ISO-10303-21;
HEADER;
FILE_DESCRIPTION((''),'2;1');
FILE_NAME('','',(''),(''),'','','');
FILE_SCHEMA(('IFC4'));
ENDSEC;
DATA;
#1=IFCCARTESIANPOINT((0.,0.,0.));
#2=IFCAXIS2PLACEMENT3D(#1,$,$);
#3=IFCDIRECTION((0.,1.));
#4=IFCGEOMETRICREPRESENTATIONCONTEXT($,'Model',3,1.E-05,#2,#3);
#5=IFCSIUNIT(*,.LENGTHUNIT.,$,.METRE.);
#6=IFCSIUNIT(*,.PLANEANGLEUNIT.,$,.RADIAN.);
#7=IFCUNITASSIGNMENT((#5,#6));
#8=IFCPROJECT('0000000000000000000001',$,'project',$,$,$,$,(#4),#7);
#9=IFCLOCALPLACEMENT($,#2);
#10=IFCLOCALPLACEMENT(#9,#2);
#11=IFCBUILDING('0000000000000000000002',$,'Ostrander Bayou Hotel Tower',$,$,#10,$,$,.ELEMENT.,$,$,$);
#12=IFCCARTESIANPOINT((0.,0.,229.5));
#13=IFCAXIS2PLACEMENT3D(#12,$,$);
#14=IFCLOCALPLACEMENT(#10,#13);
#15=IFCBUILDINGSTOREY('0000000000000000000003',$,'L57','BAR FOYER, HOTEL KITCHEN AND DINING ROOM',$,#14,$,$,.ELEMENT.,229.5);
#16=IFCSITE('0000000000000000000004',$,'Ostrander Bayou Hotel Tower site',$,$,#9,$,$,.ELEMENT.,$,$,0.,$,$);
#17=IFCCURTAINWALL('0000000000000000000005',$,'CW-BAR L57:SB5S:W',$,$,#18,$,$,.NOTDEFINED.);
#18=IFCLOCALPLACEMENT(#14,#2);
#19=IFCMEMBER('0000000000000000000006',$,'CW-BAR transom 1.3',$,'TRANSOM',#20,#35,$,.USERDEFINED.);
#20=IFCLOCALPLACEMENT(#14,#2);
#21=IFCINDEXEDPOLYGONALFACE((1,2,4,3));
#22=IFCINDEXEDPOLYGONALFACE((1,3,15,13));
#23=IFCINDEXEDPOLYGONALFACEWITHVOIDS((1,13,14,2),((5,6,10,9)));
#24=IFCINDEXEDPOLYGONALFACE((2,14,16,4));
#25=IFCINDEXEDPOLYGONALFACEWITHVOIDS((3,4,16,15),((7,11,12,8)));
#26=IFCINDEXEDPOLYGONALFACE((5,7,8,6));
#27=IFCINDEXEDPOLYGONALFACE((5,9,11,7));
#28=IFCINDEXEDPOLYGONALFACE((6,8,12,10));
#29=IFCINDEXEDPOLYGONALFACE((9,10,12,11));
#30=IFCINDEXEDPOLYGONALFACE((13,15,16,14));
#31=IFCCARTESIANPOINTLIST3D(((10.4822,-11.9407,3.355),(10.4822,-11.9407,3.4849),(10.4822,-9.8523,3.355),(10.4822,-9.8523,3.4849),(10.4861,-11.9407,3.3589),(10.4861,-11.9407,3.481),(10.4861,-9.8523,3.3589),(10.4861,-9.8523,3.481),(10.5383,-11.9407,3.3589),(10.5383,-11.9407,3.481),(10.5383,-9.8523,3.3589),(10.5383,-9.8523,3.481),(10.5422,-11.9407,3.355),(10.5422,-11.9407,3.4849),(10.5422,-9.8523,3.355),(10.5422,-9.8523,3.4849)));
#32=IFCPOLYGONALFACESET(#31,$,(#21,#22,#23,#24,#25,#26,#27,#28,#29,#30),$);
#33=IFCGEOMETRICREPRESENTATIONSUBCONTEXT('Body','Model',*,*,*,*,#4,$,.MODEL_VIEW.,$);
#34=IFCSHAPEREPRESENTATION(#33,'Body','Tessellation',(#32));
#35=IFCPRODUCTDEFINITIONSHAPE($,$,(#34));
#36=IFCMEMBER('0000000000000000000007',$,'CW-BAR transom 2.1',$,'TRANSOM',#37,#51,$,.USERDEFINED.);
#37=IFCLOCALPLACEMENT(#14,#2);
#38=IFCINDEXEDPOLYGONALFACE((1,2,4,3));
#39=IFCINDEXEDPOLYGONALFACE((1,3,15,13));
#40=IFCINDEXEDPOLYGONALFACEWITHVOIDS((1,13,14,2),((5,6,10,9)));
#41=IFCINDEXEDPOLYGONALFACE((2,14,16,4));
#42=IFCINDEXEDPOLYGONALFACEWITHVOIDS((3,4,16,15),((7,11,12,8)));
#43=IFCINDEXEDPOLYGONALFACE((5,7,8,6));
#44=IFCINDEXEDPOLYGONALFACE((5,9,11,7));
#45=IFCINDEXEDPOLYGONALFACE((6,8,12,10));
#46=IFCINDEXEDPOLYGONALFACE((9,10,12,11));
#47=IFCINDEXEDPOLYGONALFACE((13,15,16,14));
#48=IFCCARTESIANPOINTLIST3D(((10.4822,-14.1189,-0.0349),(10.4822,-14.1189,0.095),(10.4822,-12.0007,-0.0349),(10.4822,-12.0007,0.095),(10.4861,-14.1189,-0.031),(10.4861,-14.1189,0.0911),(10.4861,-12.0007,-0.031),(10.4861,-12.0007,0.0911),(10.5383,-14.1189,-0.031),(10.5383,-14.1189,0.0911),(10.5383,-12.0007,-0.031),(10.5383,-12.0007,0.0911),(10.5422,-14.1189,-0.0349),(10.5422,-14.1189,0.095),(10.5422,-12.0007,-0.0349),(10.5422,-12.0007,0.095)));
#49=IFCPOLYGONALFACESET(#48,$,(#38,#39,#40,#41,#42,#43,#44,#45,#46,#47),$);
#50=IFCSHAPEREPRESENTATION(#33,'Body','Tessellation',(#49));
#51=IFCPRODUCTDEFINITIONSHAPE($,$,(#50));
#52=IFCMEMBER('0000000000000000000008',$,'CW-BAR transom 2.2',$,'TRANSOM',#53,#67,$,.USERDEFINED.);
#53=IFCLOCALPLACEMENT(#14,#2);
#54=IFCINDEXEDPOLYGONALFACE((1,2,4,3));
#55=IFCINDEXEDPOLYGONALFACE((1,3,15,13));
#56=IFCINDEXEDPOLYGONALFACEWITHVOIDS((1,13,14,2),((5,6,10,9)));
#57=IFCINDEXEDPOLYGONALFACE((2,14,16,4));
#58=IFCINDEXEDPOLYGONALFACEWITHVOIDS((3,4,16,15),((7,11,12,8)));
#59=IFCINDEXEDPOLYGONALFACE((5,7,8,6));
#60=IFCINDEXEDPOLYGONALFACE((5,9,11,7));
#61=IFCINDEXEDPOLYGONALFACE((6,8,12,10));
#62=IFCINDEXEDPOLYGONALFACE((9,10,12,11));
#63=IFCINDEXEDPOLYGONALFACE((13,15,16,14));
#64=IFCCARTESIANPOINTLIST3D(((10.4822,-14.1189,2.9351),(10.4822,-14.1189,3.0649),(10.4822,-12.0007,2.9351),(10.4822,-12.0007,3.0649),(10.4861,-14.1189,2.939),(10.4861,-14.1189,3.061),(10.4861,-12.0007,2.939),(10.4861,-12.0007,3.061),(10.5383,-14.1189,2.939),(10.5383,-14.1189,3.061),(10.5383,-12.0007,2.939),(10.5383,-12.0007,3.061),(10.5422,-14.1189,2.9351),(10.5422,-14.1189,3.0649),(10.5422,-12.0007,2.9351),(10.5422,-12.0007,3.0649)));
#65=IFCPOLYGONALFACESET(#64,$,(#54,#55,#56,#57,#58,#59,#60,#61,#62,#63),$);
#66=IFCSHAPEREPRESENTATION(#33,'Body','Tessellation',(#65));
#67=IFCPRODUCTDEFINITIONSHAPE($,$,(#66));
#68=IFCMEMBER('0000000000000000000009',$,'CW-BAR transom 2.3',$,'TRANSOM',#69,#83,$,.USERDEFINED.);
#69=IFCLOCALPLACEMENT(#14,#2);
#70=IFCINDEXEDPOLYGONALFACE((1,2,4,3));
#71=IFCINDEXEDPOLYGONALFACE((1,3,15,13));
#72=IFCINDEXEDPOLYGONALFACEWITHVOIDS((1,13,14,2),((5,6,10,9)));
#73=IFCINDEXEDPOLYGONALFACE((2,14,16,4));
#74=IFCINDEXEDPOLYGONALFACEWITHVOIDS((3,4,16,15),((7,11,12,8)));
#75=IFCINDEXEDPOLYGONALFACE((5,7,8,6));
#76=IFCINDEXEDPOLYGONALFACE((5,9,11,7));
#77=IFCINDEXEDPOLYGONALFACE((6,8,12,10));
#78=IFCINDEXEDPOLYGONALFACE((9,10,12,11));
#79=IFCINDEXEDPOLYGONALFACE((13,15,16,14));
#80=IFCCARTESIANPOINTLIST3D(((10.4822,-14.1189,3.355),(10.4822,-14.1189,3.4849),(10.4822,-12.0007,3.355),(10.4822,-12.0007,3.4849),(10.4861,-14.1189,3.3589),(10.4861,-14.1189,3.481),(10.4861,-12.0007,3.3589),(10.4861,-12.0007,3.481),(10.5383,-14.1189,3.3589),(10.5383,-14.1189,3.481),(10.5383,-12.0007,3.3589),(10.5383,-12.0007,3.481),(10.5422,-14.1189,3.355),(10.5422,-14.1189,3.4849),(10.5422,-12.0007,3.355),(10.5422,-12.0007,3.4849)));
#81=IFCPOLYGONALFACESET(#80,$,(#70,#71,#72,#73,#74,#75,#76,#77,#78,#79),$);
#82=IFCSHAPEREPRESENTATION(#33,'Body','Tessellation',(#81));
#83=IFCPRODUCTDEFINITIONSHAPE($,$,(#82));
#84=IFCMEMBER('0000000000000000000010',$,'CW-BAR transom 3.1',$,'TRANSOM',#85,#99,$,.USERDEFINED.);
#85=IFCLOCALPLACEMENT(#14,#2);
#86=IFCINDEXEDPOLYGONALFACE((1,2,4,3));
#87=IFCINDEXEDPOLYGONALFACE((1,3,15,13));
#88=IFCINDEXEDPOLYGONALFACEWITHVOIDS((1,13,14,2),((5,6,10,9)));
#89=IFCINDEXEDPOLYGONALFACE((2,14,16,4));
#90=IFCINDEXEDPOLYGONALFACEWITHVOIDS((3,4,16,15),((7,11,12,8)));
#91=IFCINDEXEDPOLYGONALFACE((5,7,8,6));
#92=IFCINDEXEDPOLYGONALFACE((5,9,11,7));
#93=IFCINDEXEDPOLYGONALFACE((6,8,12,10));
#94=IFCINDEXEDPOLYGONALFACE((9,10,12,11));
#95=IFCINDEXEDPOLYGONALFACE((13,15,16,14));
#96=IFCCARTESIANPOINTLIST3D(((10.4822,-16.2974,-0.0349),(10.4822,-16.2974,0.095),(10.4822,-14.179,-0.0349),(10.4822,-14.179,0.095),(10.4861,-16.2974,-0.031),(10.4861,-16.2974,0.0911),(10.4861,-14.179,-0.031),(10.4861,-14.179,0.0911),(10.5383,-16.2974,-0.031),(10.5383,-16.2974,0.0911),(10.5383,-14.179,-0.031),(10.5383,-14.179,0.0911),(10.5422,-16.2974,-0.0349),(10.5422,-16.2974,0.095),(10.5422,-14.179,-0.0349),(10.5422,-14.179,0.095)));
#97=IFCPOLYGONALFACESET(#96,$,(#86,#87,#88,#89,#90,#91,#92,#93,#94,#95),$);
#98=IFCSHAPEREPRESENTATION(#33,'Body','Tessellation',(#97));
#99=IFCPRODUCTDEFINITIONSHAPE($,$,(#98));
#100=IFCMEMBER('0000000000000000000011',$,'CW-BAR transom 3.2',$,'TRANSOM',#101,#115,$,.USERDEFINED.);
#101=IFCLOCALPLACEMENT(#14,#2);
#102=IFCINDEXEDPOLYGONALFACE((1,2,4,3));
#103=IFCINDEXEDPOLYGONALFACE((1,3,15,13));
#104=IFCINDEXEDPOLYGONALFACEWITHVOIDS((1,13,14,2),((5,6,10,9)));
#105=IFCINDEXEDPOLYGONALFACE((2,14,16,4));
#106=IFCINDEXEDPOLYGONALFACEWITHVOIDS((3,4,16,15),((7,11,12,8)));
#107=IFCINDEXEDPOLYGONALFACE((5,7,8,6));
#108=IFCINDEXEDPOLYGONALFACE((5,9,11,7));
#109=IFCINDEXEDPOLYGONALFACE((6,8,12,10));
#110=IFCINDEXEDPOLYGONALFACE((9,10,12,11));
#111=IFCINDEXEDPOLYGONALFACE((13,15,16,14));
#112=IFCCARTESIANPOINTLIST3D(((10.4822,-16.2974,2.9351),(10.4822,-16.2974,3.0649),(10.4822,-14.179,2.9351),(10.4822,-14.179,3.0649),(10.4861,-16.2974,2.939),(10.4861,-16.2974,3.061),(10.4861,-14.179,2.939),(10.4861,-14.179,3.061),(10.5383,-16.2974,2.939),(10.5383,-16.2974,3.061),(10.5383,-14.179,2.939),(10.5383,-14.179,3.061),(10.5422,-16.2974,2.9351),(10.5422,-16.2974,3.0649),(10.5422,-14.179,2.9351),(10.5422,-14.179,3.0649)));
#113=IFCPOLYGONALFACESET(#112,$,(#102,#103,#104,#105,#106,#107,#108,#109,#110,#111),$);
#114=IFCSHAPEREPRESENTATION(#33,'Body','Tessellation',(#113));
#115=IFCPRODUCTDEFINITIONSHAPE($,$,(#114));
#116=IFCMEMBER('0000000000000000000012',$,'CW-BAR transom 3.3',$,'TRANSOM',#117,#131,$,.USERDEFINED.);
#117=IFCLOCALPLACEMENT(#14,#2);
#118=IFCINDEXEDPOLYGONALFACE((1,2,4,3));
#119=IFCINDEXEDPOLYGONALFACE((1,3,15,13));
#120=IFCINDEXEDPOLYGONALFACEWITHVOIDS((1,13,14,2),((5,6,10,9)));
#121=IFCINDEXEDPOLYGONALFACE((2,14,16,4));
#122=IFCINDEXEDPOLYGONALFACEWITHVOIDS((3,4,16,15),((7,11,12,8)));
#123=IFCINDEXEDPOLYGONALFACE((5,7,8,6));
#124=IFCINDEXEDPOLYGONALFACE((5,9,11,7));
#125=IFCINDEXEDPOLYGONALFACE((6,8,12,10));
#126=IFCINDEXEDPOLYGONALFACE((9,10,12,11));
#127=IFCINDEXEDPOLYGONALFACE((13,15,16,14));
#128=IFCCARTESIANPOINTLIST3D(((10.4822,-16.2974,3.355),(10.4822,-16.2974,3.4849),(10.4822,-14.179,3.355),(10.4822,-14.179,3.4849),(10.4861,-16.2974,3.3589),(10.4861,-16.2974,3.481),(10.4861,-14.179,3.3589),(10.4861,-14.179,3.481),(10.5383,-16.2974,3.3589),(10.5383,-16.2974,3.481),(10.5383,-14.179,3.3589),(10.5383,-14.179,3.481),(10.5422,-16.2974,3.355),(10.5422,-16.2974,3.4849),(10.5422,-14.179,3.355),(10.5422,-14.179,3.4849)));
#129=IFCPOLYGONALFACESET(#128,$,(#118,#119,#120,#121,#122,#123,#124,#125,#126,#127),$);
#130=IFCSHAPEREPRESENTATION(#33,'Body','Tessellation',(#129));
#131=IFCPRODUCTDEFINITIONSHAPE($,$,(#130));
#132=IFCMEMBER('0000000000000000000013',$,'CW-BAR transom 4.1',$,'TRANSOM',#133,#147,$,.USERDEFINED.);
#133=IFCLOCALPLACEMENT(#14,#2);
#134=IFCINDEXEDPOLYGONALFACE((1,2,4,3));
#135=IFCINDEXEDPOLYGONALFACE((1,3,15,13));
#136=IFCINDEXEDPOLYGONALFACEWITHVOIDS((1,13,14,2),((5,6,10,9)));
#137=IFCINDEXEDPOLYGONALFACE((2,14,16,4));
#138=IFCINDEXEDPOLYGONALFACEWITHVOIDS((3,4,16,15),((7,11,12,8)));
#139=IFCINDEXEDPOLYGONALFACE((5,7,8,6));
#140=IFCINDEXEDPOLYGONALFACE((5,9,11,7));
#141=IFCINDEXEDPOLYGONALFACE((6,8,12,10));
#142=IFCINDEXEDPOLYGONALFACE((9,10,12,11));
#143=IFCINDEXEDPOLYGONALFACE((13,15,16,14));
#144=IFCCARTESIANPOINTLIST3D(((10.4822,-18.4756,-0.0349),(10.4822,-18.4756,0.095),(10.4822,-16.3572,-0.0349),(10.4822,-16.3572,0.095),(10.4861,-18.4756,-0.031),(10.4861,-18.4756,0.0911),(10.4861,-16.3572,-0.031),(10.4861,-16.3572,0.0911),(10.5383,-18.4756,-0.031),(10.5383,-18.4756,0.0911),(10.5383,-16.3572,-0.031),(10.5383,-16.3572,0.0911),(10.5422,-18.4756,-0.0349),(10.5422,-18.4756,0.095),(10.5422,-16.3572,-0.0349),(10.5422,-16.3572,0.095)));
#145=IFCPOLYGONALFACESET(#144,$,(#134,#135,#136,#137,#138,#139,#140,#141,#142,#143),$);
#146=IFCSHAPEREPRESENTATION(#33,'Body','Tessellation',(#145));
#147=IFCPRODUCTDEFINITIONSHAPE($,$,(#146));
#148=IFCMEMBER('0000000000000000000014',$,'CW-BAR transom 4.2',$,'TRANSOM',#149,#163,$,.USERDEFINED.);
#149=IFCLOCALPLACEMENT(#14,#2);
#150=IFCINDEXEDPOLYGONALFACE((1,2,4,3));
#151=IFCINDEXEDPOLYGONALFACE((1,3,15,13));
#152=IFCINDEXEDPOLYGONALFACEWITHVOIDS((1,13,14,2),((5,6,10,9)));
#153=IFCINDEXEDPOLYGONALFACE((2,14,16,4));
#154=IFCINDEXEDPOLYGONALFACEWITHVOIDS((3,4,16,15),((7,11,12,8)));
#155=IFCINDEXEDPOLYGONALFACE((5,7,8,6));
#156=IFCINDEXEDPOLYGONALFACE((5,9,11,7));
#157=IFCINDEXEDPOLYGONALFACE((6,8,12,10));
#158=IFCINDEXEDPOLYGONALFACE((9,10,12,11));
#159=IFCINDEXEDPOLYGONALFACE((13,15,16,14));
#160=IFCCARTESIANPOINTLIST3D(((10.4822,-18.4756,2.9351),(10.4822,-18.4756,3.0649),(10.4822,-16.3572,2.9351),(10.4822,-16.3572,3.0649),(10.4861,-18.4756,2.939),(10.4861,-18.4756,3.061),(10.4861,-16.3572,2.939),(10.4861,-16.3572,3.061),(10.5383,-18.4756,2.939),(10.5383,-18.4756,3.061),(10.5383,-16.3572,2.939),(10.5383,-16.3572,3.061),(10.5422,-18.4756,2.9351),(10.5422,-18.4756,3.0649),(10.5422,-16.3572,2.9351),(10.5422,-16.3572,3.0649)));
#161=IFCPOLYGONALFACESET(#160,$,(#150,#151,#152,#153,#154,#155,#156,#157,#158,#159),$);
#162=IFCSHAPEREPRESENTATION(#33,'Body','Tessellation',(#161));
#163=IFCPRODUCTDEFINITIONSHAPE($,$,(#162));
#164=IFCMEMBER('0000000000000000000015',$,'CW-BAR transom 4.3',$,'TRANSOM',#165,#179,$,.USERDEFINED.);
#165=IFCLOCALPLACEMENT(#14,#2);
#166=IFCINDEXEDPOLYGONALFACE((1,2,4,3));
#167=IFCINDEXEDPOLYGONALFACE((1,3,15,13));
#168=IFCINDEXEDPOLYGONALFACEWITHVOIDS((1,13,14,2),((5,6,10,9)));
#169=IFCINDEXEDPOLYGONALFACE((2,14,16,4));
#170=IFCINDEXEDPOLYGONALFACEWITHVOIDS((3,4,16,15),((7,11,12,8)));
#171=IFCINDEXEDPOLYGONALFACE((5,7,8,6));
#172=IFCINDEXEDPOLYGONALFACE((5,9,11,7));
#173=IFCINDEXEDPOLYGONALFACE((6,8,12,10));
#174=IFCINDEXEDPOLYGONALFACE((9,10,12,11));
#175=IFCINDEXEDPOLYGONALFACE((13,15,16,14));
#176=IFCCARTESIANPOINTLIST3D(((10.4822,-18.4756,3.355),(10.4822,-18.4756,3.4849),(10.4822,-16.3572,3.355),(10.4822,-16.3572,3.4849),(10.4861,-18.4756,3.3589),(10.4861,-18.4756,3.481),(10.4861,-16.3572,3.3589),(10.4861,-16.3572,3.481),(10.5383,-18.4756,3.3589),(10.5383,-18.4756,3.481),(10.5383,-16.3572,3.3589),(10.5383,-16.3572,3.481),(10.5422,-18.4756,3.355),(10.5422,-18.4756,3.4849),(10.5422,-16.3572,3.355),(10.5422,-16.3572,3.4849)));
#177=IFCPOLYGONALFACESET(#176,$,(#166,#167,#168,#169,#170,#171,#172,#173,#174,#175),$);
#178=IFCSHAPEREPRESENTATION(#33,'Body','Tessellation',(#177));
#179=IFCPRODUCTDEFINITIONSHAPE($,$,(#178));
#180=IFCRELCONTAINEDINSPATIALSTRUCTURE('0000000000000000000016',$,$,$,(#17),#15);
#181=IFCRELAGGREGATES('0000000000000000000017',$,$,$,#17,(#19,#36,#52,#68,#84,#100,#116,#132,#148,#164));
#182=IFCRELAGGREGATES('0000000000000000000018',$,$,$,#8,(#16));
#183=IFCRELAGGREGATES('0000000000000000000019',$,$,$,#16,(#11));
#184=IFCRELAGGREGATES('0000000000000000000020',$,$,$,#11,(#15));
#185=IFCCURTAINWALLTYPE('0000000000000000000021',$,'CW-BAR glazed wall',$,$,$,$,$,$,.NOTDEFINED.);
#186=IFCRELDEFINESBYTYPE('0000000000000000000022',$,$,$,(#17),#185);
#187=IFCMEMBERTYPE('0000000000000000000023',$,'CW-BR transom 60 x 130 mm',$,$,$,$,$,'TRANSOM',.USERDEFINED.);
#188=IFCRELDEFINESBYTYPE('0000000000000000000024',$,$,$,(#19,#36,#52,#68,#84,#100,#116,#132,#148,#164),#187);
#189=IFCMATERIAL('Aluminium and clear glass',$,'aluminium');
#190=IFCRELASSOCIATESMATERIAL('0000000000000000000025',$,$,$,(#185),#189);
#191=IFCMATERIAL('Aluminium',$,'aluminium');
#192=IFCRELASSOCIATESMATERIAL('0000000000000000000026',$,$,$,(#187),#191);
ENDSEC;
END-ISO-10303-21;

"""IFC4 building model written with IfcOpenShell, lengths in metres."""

from ifc_helpers import new_model, si_unit, direction, frame, origin, origin_2d, place, context, subcontext, project, spatial, hollow_rectangle, extrude, material, material_profile, profile_set, type_object, element, aggregate, save


model = new_model("IFC4")

# Units and contexts
model_context = context("Model", 3, precision=1e-05, world=origin(), true_north=direction((0.0, 1.0)))
body_context = subcontext(model_context, "Body", "Model", "MODEL_VIEW")
ifc_project = project(units=[si_unit("LENGTHUNIT", "METRE"), si_unit("PLANEANGLEUNIT", "RADIAN")], contexts=[model_context])

# Site, building, storey
site_placement = place(None, origin())
site = spatial("IfcSite", under=ifc_project, at=site_placement, Name="Ostrander Bayou Hotel Tower site", CompositionType="ELEMENT", RefElevation=0.0)
building_placement = place(site_placement, origin())
building = spatial("IfcBuilding", under=site, at=building_placement, Name="Ostrander Bayou Hotel Tower", CompositionType="ELEMENT")
storey_placement = place(building_placement, frame((0.0, 0.0, 229.5)))
storey = spatial("IfcBuildingStorey", under=building, at=storey_placement, Name="L57", Description="BAR FOYER, HOTEL KITCHEN AND DINING ROOM", CompositionType="ELEMENT", Elevation=229.5)

# Curtain wall, members
ifc_material_1 = material(Name="Aluminium and clear glass", Category="aluminium")
curtain_wall_type = type_object("IfcCurtainWallType", Name="CW-BAR glazed wall", PredefinedType="NOTDEFINED", material=ifc_material_1)
curtain_wall_placement = place(storey_placement, origin())
curtain_wall = element("IfcCurtainWall", 1, at=curtain_wall_placement, inside=storey, type_object=curtain_wall_type, Name="CW-BAR L57:SB5S:W", PredefinedType="NOTDEFINED")
ifc_material_2 = material(Name="Aluminium", Category="aluminium")
ifc_material_profile_1 = material_profile(ifc_material_2, hollow_rectangle(XDim=0.0601, YDim=0.1299, WallThickness=0.0039, at=origin_2d()))
ifc_profile_set_1 = profile_set([ifc_material_profile_1], Name="Aluminium")
member_type_1 = type_object("IfcMemberType", Name="CW-BR transom 60 x 130 mm", ElementType="TRANSOM", PredefinedType="USERDEFINED", material=ifc_profile_set_1)
member_1_placement = place(storey_placement, frame((10.5122, -9.8523, 3.4199), z_axis=(0.0, -1.0, 0.0), x_axis=(1.0, 0.0, 0.0)))
member_1 = element("IfcMember", 2, at=member_1_placement, type_object=member_type_1, Name="CW-BAR transom 1.3", ObjectType="TRANSOM", PredefinedType="USERDEFINED", context=body_context, shape_type="SweptSolid", body=[
    extrude(hollow_rectangle(XDim=0.0601, YDim=0.1299, WallThickness=0.0039, at=origin_2d()), origin(), (0.0, 0.0, 1.0), 2.0884),
])
member_2_placement = place(storey_placement, frame((10.5122, -12.0007, 0.03), z_axis=(0.0, -1.0, 0.0), x_axis=(1.0, 0.0, 0.0)))
member_2 = element("IfcMember", 3, at=member_2_placement, type_object=member_type_1, Name="CW-BAR transom 2.1", ObjectType="TRANSOM", PredefinedType="USERDEFINED", context=body_context, shape_type="SweptSolid", body=[
    extrude(hollow_rectangle(XDim=0.0601, YDim=0.1299, WallThickness=0.0039, at=origin_2d()), origin(), (0.0, 0.0, 1.0), 2.1182),
])
member_3_placement = place(storey_placement, frame((10.5122, -12.0007, 3.0), z_axis=(0.0, -1.0, 0.0), x_axis=(1.0, 0.0, 0.0)))
member_3 = element("IfcMember", 4, at=member_3_placement, type_object=member_type_1, Name="CW-BAR transom 2.2", ObjectType="TRANSOM", PredefinedType="USERDEFINED", context=body_context, shape_type="SweptSolid", body=[
    extrude(hollow_rectangle(XDim=0.0601, YDim=0.1299, WallThickness=0.0039, at=origin_2d()), origin(), (0.0, 0.0, 1.0), 2.1182),
])
member_4_placement = place(storey_placement, frame((10.5122, -12.0007, 3.4199), z_axis=(0.0, -1.0, 0.0), x_axis=(1.0, 0.0, 0.0)))
member_4 = element("IfcMember", 5, at=member_4_placement, type_object=member_type_1, Name="CW-BAR transom 2.3", ObjectType="TRANSOM", PredefinedType="USERDEFINED", context=body_context, shape_type="SweptSolid", body=[
    extrude(hollow_rectangle(XDim=0.0601, YDim=0.1299, WallThickness=0.0039, at=origin_2d()), origin(), (0.0, 0.0, 1.0), 2.1182),
])
member_5_placement = place(storey_placement, frame((10.5122, -14.179, 0.03), z_axis=(0.0, -1.0, 0.0), x_axis=(1.0, 0.0, 0.0)))
member_5 = element("IfcMember", 6, at=member_5_placement, type_object=member_type_1, Name="CW-BAR transom 3.1", ObjectType="TRANSOM", PredefinedType="USERDEFINED", context=body_context, shape_type="SweptSolid", body=[
    extrude(hollow_rectangle(XDim=0.0601, YDim=0.1299, WallThickness=0.0039, at=origin_2d()), origin(), (0.0, 0.0, 1.0), 2.1184),
])
member_6_placement = place(storey_placement, frame((10.5122, -14.179, 3.0), z_axis=(0.0, -1.0, 0.0), x_axis=(1.0, 0.0, 0.0)))
member_6 = element("IfcMember", 7, at=member_6_placement, type_object=member_type_1, Name="CW-BAR transom 3.2", ObjectType="TRANSOM", PredefinedType="USERDEFINED", context=body_context, shape_type="SweptSolid", body=[
    extrude(hollow_rectangle(XDim=0.0601, YDim=0.1299, WallThickness=0.0039, at=origin_2d()), origin(), (0.0, 0.0, 1.0), 2.1184),
])
member_7_placement = place(storey_placement, frame((10.5122, -14.179, 3.4199), z_axis=(0.0, -1.0, 0.0), x_axis=(1.0, 0.0, 0.0)))
member_7 = element("IfcMember", 8, at=member_7_placement, type_object=member_type_1, Name="CW-BAR transom 3.3", ObjectType="TRANSOM", PredefinedType="USERDEFINED", context=body_context, shape_type="SweptSolid", body=[
    extrude(hollow_rectangle(XDim=0.0601, YDim=0.1299, WallThickness=0.0039, at=origin_2d()), origin(), (0.0, 0.0, 1.0), 2.1184),
])
member_8_placement = place(storey_placement, frame((10.5122, -16.3572, 0.03), z_axis=(0.0, -1.0, 0.0), x_axis=(1.0, 0.0, 0.0)))
member_8 = element("IfcMember", 9, at=member_8_placement, type_object=member_type_1, Name="CW-BAR transom 4.1", ObjectType="TRANSOM", PredefinedType="USERDEFINED", context=body_context, shape_type="SweptSolid", body=[
    extrude(hollow_rectangle(XDim=0.0601, YDim=0.1299, WallThickness=0.0039, at=origin_2d()), origin(), (0.0, 0.0, 1.0), 2.1184),
])
member_9_placement = place(storey_placement, frame((10.5122, -16.3572, 3.0), z_axis=(0.0, -1.0, 0.0), x_axis=(1.0, 0.0, 0.0)))
member_9 = element("IfcMember", 10, at=member_9_placement, type_object=member_type_1, Name="CW-BAR transom 4.2", ObjectType="TRANSOM", PredefinedType="USERDEFINED", context=body_context, shape_type="SweptSolid", body=[
    extrude(hollow_rectangle(XDim=0.0601, YDim=0.1299, WallThickness=0.0039, at=origin_2d()), origin(), (0.0, 0.0, 1.0), 2.1184),
])
member_10_placement = place(storey_placement, frame((10.5122, -16.3572, 3.4199), z_axis=(0.0, -1.0, 0.0), x_axis=(1.0, 0.0, 0.0)))
member_10 = element("IfcMember", 11, at=member_10_placement, type_object=member_type_1, Name="CW-BAR transom 4.3", ObjectType="TRANSOM", PredefinedType="USERDEFINED", context=body_context, shape_type="SweptSolid", body=[
    extrude(hollow_rectangle(XDim=0.0601, YDim=0.1299, WallThickness=0.0039, at=origin_2d()), origin(), (0.0, 0.0, 1.0), 2.1184),
])

aggregate(curtain_wall, [member_1, member_2, member_3, member_4, member_5, member_6, member_7, member_8, member_9, member_10])

save(model, "model.ifc")
